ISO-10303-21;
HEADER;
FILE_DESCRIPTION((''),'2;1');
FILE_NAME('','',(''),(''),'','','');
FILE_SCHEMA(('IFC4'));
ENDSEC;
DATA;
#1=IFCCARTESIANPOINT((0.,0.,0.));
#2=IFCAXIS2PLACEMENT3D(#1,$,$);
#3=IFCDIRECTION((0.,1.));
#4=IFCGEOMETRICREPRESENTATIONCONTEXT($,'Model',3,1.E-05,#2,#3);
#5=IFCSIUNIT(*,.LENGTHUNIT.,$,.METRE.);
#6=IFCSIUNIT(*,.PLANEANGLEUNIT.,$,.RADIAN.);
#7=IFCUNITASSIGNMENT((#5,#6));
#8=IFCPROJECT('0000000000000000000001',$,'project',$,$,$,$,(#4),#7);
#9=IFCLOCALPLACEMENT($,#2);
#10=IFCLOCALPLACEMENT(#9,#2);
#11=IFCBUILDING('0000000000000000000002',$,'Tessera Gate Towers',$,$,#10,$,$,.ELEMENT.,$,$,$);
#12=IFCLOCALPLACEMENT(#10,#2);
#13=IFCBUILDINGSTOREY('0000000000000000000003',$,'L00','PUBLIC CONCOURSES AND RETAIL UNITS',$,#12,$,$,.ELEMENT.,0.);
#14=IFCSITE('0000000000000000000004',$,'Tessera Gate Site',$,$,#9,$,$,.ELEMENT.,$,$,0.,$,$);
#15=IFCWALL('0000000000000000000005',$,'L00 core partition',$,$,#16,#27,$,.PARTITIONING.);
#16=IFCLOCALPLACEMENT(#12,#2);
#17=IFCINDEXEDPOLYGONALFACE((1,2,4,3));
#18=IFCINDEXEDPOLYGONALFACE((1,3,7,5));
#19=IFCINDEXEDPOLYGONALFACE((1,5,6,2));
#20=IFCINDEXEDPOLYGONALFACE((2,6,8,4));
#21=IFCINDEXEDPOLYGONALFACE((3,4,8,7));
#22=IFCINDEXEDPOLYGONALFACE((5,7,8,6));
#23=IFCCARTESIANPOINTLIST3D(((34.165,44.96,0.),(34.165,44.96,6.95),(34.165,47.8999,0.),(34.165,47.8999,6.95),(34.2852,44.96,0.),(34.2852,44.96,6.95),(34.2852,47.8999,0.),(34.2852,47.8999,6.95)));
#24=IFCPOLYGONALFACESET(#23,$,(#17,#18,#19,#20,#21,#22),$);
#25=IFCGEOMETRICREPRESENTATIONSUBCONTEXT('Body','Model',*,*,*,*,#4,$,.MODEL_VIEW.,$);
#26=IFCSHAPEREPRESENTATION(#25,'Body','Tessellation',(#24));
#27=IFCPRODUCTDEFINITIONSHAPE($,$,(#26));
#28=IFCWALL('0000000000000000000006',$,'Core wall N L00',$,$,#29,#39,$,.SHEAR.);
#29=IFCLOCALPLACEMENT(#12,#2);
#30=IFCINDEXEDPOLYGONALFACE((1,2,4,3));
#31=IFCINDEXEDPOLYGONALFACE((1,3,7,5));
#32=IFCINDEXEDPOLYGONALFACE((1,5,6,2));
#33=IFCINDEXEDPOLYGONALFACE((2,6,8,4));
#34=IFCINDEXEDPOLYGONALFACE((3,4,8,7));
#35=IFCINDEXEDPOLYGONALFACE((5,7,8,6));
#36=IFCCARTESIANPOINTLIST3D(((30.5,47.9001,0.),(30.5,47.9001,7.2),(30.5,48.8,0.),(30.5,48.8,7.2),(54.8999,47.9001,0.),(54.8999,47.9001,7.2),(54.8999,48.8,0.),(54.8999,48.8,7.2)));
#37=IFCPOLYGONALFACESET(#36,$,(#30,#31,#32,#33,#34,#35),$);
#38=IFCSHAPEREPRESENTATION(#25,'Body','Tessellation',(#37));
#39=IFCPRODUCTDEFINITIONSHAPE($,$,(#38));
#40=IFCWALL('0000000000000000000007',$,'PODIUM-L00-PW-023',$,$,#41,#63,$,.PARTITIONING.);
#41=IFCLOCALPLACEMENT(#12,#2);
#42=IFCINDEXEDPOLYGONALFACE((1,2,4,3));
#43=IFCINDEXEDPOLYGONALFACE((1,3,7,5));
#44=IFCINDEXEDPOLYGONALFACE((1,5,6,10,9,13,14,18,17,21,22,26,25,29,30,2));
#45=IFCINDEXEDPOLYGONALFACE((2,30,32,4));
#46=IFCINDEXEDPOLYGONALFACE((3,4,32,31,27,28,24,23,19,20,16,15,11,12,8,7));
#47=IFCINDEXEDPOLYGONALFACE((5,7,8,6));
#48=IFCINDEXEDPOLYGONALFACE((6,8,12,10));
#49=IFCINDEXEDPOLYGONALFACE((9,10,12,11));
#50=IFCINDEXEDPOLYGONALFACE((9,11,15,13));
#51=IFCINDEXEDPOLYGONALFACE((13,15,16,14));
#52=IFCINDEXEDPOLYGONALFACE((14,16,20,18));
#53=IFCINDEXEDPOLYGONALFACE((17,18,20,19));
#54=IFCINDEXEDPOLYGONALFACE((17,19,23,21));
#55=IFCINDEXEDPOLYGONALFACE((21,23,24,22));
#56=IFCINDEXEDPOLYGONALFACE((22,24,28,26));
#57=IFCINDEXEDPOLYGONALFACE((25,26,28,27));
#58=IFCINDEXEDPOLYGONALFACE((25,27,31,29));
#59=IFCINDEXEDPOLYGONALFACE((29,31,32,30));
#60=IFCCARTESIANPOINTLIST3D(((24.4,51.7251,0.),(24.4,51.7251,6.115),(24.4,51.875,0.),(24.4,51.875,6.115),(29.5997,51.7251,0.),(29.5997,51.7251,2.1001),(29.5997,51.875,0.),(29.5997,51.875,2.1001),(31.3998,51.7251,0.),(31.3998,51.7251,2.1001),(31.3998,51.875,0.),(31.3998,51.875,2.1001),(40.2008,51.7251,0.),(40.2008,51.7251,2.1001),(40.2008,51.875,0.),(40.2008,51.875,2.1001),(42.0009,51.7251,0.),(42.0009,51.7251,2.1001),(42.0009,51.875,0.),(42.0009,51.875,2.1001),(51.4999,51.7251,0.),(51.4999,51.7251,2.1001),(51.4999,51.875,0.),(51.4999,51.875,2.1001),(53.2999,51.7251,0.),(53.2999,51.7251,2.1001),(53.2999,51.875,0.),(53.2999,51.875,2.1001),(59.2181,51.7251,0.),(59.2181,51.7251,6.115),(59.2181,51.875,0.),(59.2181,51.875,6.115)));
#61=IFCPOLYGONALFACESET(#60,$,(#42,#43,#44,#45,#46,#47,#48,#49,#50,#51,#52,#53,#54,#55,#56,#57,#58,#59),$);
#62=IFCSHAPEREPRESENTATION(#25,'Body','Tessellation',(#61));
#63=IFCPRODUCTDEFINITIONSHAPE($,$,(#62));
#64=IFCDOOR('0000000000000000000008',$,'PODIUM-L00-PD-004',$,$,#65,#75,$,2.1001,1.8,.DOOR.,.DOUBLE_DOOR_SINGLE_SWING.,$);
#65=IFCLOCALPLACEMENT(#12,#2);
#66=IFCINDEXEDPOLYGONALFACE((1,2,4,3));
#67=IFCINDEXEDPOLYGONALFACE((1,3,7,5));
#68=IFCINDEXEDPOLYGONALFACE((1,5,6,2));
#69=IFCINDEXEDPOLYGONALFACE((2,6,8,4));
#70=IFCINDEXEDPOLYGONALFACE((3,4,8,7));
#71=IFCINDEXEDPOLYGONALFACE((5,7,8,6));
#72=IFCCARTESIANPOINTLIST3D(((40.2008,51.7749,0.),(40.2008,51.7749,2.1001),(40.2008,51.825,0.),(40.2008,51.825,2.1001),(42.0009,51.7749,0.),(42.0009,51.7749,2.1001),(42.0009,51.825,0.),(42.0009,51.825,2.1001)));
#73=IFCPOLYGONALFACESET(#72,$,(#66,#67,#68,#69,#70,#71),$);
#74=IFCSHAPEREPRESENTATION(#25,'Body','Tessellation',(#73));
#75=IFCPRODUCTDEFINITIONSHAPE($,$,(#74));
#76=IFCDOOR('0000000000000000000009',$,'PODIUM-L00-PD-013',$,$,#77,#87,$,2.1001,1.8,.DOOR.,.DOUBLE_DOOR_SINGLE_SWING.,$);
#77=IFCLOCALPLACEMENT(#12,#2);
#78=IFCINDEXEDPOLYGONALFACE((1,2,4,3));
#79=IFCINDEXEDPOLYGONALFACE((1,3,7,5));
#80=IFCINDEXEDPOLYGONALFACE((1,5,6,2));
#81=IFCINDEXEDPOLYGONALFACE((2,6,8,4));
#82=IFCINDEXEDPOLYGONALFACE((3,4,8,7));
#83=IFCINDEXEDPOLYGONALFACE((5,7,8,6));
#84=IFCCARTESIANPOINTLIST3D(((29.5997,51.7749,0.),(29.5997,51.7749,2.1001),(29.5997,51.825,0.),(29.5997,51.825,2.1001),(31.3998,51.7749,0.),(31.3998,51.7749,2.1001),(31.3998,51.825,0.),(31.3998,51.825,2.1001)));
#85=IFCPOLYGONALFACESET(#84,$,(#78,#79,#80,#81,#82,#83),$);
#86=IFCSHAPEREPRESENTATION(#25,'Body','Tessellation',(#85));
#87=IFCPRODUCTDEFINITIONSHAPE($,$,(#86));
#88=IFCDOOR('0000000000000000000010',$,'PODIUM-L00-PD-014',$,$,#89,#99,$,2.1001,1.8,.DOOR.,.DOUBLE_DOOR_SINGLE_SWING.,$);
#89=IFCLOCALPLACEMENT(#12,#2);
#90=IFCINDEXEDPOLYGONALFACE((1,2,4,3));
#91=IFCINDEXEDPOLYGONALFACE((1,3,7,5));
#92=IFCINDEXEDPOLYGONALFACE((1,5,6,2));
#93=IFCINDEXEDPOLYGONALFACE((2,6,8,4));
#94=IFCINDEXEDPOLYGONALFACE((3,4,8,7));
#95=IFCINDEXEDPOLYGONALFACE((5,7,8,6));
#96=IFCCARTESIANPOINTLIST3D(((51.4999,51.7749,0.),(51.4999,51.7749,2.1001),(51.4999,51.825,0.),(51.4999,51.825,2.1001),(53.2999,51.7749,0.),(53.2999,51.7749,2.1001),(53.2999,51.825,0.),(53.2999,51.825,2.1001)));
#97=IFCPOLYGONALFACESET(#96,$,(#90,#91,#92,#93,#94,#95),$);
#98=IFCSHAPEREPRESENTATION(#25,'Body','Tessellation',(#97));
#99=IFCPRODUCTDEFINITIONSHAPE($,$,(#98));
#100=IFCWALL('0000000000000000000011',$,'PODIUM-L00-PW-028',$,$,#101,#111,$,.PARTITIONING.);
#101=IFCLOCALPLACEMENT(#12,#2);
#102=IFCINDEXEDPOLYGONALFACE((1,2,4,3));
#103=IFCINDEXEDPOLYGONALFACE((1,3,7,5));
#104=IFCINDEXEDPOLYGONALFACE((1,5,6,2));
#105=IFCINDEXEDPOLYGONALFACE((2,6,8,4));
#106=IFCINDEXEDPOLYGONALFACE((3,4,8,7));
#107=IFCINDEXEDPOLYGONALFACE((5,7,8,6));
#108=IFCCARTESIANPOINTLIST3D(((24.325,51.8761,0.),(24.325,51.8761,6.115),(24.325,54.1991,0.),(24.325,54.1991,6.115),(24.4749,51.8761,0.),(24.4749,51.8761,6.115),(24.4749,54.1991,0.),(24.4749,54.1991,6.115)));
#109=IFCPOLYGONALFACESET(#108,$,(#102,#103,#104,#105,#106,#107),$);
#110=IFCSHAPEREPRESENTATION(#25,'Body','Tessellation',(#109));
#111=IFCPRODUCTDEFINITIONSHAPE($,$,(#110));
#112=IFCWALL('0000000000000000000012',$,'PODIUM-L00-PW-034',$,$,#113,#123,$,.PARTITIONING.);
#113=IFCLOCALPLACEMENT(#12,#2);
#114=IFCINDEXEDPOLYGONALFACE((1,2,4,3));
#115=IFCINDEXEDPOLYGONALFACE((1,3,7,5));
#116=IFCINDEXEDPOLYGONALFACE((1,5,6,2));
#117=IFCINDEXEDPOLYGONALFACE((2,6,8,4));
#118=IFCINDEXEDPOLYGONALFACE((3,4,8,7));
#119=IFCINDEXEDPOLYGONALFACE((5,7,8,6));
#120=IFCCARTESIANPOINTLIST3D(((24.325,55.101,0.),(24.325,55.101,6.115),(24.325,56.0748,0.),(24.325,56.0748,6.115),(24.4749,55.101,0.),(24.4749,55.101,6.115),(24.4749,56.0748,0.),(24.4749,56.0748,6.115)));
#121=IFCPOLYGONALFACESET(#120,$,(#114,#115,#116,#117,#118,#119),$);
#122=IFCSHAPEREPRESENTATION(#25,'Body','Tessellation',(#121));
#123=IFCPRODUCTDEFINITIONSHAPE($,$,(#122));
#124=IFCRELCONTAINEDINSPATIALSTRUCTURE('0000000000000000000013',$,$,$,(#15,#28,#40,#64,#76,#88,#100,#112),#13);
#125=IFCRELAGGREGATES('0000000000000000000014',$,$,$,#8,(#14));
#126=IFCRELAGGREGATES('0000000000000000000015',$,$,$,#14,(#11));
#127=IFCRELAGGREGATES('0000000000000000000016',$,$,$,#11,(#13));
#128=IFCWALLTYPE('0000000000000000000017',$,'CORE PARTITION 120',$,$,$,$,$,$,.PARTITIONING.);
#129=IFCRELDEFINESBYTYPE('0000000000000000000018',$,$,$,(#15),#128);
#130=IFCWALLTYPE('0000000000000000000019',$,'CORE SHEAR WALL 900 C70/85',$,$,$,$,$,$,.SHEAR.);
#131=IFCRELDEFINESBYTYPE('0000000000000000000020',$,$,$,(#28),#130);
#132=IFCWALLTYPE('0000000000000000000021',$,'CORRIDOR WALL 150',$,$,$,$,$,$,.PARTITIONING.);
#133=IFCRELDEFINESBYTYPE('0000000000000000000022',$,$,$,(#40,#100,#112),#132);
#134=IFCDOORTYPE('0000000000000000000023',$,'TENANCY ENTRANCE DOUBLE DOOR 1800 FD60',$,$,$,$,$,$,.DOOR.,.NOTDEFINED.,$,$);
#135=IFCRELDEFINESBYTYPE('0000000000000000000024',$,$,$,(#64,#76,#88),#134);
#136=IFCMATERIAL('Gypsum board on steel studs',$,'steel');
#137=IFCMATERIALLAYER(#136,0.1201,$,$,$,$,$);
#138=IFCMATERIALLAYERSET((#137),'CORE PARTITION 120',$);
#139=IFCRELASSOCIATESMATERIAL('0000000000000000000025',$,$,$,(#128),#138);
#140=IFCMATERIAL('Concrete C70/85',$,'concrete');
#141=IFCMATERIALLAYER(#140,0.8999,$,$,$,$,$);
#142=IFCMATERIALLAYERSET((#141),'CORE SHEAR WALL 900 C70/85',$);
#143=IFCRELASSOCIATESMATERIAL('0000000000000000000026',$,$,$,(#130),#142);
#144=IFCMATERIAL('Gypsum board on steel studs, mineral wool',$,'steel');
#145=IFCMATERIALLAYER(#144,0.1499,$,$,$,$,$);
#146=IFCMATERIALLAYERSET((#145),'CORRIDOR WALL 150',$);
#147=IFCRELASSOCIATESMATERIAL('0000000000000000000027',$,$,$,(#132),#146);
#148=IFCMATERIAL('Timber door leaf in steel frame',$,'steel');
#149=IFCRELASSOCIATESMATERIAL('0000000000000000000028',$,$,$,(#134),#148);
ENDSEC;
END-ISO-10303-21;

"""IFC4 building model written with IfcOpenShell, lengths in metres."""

from ifc_helpers import new_model, si_unit, direction, frame, frame_2d, origin, place, context, subcontext, project, spatial, rectangle, extrude, source, transform, mapped, material, layer, layer_set, type_object, element, fill, save


model = new_model("IFC4")

# Units and contexts
model_context = context("Model", 3, precision=1e-05, world=origin(), true_north=direction((0.0, 1.0)))
body_context = subcontext(model_context, "Body", "Model", "MODEL_VIEW")
ifc_project = project(units=[si_unit("LENGTHUNIT", "METRE"), si_unit("PLANEANGLEUNIT", "RADIAN")], contexts=[model_context])

# Site, building, storey
site_placement = place(None, origin())
site = spatial("IfcSite", under=ifc_project, at=site_placement, Name="Tessera Gate Site", CompositionType="ELEMENT", RefElevation=0.0)
building_placement = place(site_placement, origin())
building = spatial("IfcBuilding", under=site, at=building_placement, Name="Tessera Gate Towers", CompositionType="ELEMENT")
storey_placement = place(building_placement, origin())
storey = spatial("IfcBuildingStorey", under=building, at=storey_placement, Name="L00", Description="PUBLIC CONCOURSES AND RETAIL UNITS", CompositionType="ELEMENT", Elevation=0.0)

# Shared definitions
ifc_material_1 = material(Name="Gypsum board on steel studs", Category="steel")
ifc_layer_1 = layer(ifc_material_1, 0.1201)
ifc_layer_set_1 = layer_set([ifc_layer_1], Name="CORE PARTITION 120")
wall_type_1 = type_object("IfcWallType", Name="CORE PARTITION 120", PredefinedType="PARTITIONING", material=ifc_layer_set_1)

# Walls
wall_1_placement = place(storey_placement, frame((34.2251, 44.96, 0.0), z_axis=(0.0, 0.0, 1.0), x_axis=(0.0, 1.0, 0.0)))
element("IfcWall", 1, at=wall_1_placement, inside=storey, type_object=wall_type_1, Name="L00 core partition", PredefinedType="PARTITIONING", context=body_context, shape_type="SweptSolid", body=[
    extrude(rectangle(XDim=2.9399, YDim=0.1201, at=frame_2d((1.47, 0.0))), origin(), (0.0, 0.0, 1.0), 6.95),
])
ifc_material_2 = material(Name="Concrete C70/85", Category="concrete")
ifc_layer_2 = layer(ifc_material_2, 0.8999)
ifc_layer_set_2 = layer_set([ifc_layer_2], Name="CORE SHEAR WALL 900 C70/85")
wall_type_2 = type_object("IfcWallType", Name="CORE SHEAR WALL 900 C70/85", PredefinedType="SHEAR", material=ifc_layer_set_2)
wall_2_placement = place(storey_placement, frame((30.5, 48.3501, 0.0), z_axis=(0.0, 0.0, 1.0), x_axis=(1.0, 0.0, 0.0)))
element("IfcWall", 2, at=wall_2_placement, inside=storey, type_object=wall_type_2, Name="Core wall N L00", PredefinedType="SHEAR", context=body_context, shape_type="SweptSolid", body=[
    extrude(rectangle(XDim=24.3999, YDim=0.8999, at=frame_2d((12.2, 0.0))), origin(), (0.0, 0.0, 1.0), 7.2),
])

# Wall, openings, doors
ifc_material_3 = material(Name="Gypsum board on steel studs, mineral wool", Category="steel")
ifc_layer_3 = layer(ifc_material_3, 0.1499)
ifc_layer_set_3 = layer_set([ifc_layer_3], Name="CORRIDOR WALL 150")
wall_type_3 = type_object("IfcWallType", Name="CORRIDOR WALL 150", PredefinedType="PARTITIONING", material=ifc_layer_set_3)
wall_3_placement = place(storey_placement, frame((24.3999, 51.8, 0.0), z_axis=(0.0, 0.0, 1.0), x_axis=(1.0, 0.0, 0.0)))
wall_3 = element("IfcWall", 3, at=wall_3_placement, inside=storey, type_object=wall_type_3, Name="PODIUM-L00-PW-023", PredefinedType="PARTITIONING", context=body_context, shape_type="SweptSolid", body=[
    extrude(rectangle(XDim=34.8181, YDim=0.1499, at=frame_2d((17.4092, 0.0))), origin(), (0.0, 0.0, 1.0), 6.115),
])
shared_shape_1 = source(origin(), body_context, "Body", "SweptSolid", [
    extrude(rectangle(XDim=1.8, YDim=2.1001, at=frame_2d((0.8999, 1.05))), frame((0.0, 0.085, 0.0), z_axis=(0.0, -1.0, 0.0), x_axis=(1.0, 0.0, 0.0)), (0.0, 0.0, 1.0), 0.1699),
])
opening_1_placement = place(wall_3_placement, frame((15.801, 0.0, 0.0)))
opening_1 = element("IfcOpeningElement", 4, at=opening_1_placement, cuts=wall_3, PredefinedType="OPENING", context=body_context, shape_type="MappedRepresentation", body=[
    mapped(shared_shape_1, transform((0.0, 0.0, 0.0), scale=1.0)),
])
opening_2_placement = place(wall_3_placement, frame((5.2, 0.0, 0.0)))
opening_2 = element("IfcOpeningElement", 5, at=opening_2_placement, cuts=wall_3, PredefinedType="OPENING", context=body_context, shape_type="MappedRepresentation", body=[
    mapped(shared_shape_1, transform((0.0, 0.0, 0.0), scale=1.0)),
])
opening_3_placement = place(wall_3_placement, frame((27.1001, 0.0, 0.0)))
opening_3 = element("IfcOpeningElement", 6, at=opening_3_placement, cuts=wall_3, PredefinedType="OPENING", context=body_context, shape_type="MappedRepresentation", body=[
    mapped(shared_shape_1, transform((0.0, 0.0, 0.0), scale=1.0)),
])
ifc_material_4 = material(Name="Timber door leaf in steel frame", Category="steel")
door_type_1 = type_object("IfcDoorType", Name="TENANCY ENTRANCE DOUBLE DOOR 1800 FD60", OperationType="NOTDEFINED", PredefinedType="DOOR", material=ifc_material_4)
shared_shape_2 = source(origin(), body_context, "Body", "SweptSolid", [
    extrude(rectangle(XDim=1.8, YDim=2.1001, at=frame_2d((0.8999, 1.05))), frame((0.0, 0.0249, 0.0), z_axis=(0.0, -1.0, 0.0), x_axis=(1.0, 0.0, 0.0)), (0.0, 0.0, 1.0), 0.05),
])
door_1_placement = place(opening_1_placement, origin())
door_1 = element("IfcDoor", 7, at=door_1_placement, inside=storey, type_object=door_type_1, Name="PODIUM-L00-PD-004", OperationType="DOUBLE_DOOR_SINGLE_SWING", OverallHeight=2.1001, OverallWidth=1.8, PredefinedType="DOOR", context=body_context, shape_type="MappedRepresentation", body=[
    mapped(shared_shape_2, transform((0.0, 0.0, 0.0), scale=1.0)),
])
fill(opening_1, door_1)
door_2_placement = place(opening_2_placement, origin())
door_2 = element("IfcDoor", 8, at=door_2_placement, inside=storey, type_object=door_type_1, Name="PODIUM-L00-PD-013", OperationType="DOUBLE_DOOR_SINGLE_SWING", OverallHeight=2.1001, OverallWidth=1.8, PredefinedType="DOOR", context=body_context, shape_type="MappedRepresentation", body=[
    mapped(shared_shape_2, transform((0.0, 0.0, 0.0), scale=1.0)),
])
fill(opening_2, door_2)
door_3_placement = place(opening_3_placement, origin())
door_3 = element("IfcDoor", 9, at=door_3_placement, inside=storey, type_object=door_type_1, Name="PODIUM-L00-PD-014", OperationType="DOUBLE_DOOR_SINGLE_SWING", OverallHeight=2.1001, OverallWidth=1.8, PredefinedType="DOOR", context=body_context, shape_type="MappedRepresentation", body=[
    mapped(shared_shape_2, transform((0.0, 0.0, 0.0), scale=1.0)),
])
fill(opening_3, door_3)

# Walls
wall_4_placement = place(storey_placement, frame((24.3999, 51.876, 0.0), z_axis=(0.0, 0.0, 1.0), x_axis=(0.0, 1.0, 0.0)))
element("IfcWall", 10, at=wall_4_placement, inside=storey, type_object=wall_type_3, Name="PODIUM-L00-PW-028", PredefinedType="PARTITIONING", context=body_context, shape_type="SweptSolid", body=[
    extrude(rectangle(XDim=2.323, YDim=0.1499, at=frame_2d((1.1616, 0.0))), origin(), (0.0, 0.0, 1.0), 6.115),
])
wall_5_placement = place(storey_placement, frame((24.3999, 55.1011, 0.0), z_axis=(0.0, 0.0, 1.0), x_axis=(0.0, 1.0, 0.0)))
element("IfcWall", 11, at=wall_5_placement, inside=storey, type_object=wall_type_3, Name="PODIUM-L00-PW-034", PredefinedType="PARTITIONING", context=body_context, shape_type="SweptSolid", body=[
    extrude(rectangle(XDim=0.9739, YDim=0.1499, at=frame_2d((0.4868, 0.0))), origin(), (0.0, 0.0, 1.0), 6.115),
])

save(model, "model.ifc")
